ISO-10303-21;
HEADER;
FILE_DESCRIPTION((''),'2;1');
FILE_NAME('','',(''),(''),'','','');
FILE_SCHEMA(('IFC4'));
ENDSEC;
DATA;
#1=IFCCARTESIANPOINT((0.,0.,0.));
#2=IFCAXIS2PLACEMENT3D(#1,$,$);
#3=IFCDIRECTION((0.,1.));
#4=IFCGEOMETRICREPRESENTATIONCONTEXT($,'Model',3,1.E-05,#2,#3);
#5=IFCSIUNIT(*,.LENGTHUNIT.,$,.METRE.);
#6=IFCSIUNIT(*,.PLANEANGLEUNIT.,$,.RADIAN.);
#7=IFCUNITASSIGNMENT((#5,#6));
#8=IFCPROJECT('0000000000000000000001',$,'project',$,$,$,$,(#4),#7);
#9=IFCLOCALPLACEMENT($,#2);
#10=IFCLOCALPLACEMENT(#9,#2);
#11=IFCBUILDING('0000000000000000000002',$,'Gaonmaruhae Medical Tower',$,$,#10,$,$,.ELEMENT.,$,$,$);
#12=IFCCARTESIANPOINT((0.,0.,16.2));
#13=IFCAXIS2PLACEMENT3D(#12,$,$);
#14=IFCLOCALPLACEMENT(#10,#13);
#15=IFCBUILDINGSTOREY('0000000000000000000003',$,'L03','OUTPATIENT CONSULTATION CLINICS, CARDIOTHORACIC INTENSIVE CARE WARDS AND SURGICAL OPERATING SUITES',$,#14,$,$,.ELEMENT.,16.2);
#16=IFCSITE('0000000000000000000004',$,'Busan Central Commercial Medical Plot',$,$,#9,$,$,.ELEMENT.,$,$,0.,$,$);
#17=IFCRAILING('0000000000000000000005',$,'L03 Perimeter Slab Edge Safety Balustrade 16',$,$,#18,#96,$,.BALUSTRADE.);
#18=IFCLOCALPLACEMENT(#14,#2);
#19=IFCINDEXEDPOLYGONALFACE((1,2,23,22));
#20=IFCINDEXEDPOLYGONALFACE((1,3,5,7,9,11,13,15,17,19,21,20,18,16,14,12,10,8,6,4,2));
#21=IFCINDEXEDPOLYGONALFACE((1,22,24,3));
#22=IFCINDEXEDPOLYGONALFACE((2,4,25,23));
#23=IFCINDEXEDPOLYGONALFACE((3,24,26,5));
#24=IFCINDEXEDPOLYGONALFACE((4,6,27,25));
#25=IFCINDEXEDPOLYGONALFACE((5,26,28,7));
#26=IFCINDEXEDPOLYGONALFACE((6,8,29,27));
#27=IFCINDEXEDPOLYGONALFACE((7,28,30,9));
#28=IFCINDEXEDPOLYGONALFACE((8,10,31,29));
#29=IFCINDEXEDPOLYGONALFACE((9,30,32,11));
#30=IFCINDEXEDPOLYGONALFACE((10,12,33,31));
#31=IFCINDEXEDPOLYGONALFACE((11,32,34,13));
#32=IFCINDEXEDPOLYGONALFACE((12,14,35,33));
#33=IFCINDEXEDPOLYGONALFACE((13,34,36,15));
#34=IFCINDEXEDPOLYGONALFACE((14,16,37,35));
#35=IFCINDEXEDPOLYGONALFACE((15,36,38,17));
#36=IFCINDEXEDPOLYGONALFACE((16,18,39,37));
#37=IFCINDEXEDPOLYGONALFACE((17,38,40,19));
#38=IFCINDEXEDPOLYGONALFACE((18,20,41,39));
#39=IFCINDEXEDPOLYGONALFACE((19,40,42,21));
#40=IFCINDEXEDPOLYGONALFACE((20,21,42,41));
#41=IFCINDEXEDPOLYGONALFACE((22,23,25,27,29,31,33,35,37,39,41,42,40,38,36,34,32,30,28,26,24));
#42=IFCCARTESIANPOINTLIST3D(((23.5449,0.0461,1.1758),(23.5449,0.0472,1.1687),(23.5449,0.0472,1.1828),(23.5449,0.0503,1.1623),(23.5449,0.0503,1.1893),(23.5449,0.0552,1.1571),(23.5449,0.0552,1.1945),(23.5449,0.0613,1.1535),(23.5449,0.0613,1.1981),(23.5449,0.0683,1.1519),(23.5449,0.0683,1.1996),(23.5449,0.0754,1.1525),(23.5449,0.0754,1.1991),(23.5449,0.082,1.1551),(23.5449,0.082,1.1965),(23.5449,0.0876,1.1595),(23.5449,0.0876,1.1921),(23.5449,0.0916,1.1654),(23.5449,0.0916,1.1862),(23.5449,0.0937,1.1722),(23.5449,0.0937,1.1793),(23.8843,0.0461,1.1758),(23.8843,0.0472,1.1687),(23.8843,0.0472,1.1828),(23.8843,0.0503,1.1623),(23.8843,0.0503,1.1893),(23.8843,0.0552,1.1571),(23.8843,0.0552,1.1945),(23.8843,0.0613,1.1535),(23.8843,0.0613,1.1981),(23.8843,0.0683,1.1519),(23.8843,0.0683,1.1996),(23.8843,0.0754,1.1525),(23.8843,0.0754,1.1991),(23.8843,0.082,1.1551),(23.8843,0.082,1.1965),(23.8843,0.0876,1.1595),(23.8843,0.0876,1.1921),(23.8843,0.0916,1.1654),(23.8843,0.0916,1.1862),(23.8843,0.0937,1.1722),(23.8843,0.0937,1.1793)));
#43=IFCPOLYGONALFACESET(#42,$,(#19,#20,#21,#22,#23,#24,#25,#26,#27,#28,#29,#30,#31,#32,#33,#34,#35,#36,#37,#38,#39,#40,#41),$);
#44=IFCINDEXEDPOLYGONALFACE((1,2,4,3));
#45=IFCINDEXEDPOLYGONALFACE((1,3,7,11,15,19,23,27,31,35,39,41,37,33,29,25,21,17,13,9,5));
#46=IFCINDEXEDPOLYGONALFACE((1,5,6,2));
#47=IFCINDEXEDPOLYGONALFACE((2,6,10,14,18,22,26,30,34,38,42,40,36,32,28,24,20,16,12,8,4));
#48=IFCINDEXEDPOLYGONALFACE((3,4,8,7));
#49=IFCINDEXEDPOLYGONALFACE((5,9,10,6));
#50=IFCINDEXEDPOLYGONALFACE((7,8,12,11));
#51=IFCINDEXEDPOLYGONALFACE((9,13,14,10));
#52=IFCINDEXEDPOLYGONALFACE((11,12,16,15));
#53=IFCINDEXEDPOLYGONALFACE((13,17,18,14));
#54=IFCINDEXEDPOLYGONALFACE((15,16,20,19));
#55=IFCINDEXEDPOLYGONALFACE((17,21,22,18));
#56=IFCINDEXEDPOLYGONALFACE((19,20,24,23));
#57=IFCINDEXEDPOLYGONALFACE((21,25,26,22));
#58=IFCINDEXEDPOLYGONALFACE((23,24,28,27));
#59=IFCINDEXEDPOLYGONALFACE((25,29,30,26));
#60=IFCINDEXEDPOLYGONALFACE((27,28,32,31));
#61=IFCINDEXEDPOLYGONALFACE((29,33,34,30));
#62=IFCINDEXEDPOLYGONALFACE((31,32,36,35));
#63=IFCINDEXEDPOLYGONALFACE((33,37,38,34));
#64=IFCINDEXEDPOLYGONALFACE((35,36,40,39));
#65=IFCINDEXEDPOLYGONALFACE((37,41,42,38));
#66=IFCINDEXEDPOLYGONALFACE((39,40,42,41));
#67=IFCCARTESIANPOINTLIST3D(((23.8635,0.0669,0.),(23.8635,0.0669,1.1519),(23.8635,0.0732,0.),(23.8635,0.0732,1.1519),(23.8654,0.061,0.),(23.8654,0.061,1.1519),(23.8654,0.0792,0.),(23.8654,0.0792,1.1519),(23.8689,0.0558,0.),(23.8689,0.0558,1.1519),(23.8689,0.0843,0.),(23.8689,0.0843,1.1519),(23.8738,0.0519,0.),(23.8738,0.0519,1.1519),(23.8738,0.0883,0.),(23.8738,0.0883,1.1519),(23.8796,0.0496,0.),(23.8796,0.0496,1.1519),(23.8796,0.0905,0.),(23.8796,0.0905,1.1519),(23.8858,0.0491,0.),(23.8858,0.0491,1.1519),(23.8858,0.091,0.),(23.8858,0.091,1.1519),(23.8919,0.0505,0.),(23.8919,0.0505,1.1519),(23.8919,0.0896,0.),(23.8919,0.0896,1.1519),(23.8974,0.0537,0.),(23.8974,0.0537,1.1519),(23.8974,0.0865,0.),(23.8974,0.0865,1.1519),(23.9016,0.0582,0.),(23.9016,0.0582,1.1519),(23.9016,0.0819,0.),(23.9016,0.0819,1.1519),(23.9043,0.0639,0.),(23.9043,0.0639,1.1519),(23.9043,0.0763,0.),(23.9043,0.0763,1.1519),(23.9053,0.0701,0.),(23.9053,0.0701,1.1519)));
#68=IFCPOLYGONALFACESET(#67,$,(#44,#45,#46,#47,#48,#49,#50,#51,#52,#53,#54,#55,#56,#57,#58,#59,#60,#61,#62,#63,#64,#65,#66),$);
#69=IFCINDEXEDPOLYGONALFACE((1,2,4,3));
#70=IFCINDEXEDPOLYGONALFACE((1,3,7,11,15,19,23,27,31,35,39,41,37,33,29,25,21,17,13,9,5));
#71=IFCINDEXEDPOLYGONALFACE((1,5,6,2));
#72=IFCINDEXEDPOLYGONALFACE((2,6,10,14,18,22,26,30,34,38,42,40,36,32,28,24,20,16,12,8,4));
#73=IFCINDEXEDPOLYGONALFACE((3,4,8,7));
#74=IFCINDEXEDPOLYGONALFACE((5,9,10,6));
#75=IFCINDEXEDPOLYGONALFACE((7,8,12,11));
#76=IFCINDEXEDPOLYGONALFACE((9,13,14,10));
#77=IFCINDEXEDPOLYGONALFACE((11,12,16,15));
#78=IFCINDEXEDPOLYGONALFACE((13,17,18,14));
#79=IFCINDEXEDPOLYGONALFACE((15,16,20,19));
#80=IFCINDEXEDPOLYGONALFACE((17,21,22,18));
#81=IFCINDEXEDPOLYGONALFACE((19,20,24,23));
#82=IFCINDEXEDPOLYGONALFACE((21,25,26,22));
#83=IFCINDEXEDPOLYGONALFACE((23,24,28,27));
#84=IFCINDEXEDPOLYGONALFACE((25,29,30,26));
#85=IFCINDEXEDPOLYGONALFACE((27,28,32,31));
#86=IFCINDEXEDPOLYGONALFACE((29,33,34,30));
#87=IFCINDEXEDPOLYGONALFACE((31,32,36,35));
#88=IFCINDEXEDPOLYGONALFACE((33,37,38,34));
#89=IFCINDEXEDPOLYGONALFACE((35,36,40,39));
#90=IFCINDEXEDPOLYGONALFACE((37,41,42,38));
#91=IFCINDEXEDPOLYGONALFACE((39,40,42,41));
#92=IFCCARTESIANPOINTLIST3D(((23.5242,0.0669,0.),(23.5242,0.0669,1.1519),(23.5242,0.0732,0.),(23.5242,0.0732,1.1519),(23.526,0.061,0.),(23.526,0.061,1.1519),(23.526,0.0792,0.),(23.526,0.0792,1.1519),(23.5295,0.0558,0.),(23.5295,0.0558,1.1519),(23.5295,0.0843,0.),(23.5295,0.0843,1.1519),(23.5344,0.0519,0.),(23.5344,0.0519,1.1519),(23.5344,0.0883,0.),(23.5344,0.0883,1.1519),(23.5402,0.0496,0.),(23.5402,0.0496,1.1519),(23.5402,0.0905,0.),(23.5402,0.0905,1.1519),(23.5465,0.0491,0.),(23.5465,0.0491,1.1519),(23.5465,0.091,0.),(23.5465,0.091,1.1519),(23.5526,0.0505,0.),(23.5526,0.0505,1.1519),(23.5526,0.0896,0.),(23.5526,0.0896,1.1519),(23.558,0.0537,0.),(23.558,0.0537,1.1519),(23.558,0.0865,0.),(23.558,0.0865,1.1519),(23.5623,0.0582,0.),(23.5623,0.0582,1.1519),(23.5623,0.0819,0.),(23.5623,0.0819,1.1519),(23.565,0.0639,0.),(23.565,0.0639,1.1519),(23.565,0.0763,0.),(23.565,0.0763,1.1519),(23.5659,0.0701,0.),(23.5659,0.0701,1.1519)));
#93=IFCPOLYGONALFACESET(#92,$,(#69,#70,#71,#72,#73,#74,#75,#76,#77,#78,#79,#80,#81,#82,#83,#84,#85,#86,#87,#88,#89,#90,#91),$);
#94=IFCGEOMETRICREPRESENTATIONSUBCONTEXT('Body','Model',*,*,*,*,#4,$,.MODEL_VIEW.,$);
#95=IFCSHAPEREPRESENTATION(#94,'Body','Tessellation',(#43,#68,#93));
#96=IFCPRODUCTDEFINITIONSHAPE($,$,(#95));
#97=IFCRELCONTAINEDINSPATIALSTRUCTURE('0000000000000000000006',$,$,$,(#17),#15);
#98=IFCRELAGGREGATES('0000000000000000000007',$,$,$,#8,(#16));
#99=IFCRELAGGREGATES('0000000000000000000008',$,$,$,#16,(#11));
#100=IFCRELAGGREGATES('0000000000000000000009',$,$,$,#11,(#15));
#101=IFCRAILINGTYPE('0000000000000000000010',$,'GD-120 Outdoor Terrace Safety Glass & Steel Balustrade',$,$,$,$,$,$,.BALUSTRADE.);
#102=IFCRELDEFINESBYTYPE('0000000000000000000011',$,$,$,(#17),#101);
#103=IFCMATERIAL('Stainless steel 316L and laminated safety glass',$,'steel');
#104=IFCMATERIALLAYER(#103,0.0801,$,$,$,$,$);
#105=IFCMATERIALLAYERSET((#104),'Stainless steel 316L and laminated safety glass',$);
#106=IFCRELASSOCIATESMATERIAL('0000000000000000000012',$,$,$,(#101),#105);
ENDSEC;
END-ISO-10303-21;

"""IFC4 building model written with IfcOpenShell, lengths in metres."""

from ifc_helpers import new_model, si_unit, direction, frame, origin, origin_2d, place, context, subcontext, project, spatial, circle, extrude, material, layer, layer_set, type_object, element, save


model = new_model("IFC4")

# Units and contexts
model_context = context("Model", 3, precision=1e-05, world=origin(), true_north=direction((0.0, 1.0)))
body_context = subcontext(model_context, "Body", "Model", "MODEL_VIEW")
ifc_project = project(units=[si_unit("LENGTHUNIT", "METRE"), si_unit("PLANEANGLEUNIT", "RADIAN")], contexts=[model_context])

# Site, building, storey
site_placement = place(None, origin())
site = spatial("IfcSite", under=ifc_project, at=site_placement, Name="Busan Central Commercial Medical Plot", CompositionType="ELEMENT", RefElevation=0.0)
building_placement = place(site_placement, origin())
building = spatial("IfcBuilding", under=site, at=building_placement, Name="Gaonmaruhae Medical Tower", CompositionType="ELEMENT")
storey_placement = place(building_placement, frame((0.0, 0.0, 16.2)))
storey = spatial("IfcBuildingStorey", under=building, at=storey_placement, Name="L03", Description="OUTPATIENT CONSULTATION CLINICS, CARDIOTHORACIC INTENSIVE CARE WARDS AND SURGICAL OPERATING SUITES", CompositionType="ELEMENT", Elevation=16.2)

# Railing
ifc_material_1 = material(Name="Stainless steel 316L and laminated safety glass", Category="steel")
ifc_layer_1 = layer(ifc_material_1, 0.0801)
ifc_layer_set_1 = layer_set([ifc_layer_1], Name="Stainless steel 316L and laminated safety glass")
railing_type_1 = type_object("IfcRailingType", Name="GD-120 Outdoor Terrace Safety Glass & Steel Balustrade", PredefinedType="BALUSTRADE", material=ifc_layer_set_1)
railing_1_placement = place(storey_placement, frame((23.8843, 0.0701, 0.0)))
element("IfcRailing", 1, at=railing_1_placement, inside=storey, type_object=railing_type_1, Name="L03 Perimeter Slab Edge Safety Balustrade 16", PredefinedType="BALUSTRADE", context=body_context, shape_type="SweptSolid", body=[
    extrude(circle(Radius=0.0239, at=origin_2d()), frame((0.0, 0.0, 1.1758), z_axis=(-1.0, 0.0, 0.0), x_axis=(0.0, -1.0, 0.0)), (0.0, 0.0, 1.0), 0.3394),
    extrude(circle(Radius=0.021, at=origin_2d()), origin(), (0.0, 0.0, 1.0), 1.1519),
    extrude(circle(Radius=0.021, at=origin_2d()), frame((-0.3394, 0.0, 0.0)), (0.0, 0.0, 1.0), 1.1519),
])

save(model, "model.ifc")
